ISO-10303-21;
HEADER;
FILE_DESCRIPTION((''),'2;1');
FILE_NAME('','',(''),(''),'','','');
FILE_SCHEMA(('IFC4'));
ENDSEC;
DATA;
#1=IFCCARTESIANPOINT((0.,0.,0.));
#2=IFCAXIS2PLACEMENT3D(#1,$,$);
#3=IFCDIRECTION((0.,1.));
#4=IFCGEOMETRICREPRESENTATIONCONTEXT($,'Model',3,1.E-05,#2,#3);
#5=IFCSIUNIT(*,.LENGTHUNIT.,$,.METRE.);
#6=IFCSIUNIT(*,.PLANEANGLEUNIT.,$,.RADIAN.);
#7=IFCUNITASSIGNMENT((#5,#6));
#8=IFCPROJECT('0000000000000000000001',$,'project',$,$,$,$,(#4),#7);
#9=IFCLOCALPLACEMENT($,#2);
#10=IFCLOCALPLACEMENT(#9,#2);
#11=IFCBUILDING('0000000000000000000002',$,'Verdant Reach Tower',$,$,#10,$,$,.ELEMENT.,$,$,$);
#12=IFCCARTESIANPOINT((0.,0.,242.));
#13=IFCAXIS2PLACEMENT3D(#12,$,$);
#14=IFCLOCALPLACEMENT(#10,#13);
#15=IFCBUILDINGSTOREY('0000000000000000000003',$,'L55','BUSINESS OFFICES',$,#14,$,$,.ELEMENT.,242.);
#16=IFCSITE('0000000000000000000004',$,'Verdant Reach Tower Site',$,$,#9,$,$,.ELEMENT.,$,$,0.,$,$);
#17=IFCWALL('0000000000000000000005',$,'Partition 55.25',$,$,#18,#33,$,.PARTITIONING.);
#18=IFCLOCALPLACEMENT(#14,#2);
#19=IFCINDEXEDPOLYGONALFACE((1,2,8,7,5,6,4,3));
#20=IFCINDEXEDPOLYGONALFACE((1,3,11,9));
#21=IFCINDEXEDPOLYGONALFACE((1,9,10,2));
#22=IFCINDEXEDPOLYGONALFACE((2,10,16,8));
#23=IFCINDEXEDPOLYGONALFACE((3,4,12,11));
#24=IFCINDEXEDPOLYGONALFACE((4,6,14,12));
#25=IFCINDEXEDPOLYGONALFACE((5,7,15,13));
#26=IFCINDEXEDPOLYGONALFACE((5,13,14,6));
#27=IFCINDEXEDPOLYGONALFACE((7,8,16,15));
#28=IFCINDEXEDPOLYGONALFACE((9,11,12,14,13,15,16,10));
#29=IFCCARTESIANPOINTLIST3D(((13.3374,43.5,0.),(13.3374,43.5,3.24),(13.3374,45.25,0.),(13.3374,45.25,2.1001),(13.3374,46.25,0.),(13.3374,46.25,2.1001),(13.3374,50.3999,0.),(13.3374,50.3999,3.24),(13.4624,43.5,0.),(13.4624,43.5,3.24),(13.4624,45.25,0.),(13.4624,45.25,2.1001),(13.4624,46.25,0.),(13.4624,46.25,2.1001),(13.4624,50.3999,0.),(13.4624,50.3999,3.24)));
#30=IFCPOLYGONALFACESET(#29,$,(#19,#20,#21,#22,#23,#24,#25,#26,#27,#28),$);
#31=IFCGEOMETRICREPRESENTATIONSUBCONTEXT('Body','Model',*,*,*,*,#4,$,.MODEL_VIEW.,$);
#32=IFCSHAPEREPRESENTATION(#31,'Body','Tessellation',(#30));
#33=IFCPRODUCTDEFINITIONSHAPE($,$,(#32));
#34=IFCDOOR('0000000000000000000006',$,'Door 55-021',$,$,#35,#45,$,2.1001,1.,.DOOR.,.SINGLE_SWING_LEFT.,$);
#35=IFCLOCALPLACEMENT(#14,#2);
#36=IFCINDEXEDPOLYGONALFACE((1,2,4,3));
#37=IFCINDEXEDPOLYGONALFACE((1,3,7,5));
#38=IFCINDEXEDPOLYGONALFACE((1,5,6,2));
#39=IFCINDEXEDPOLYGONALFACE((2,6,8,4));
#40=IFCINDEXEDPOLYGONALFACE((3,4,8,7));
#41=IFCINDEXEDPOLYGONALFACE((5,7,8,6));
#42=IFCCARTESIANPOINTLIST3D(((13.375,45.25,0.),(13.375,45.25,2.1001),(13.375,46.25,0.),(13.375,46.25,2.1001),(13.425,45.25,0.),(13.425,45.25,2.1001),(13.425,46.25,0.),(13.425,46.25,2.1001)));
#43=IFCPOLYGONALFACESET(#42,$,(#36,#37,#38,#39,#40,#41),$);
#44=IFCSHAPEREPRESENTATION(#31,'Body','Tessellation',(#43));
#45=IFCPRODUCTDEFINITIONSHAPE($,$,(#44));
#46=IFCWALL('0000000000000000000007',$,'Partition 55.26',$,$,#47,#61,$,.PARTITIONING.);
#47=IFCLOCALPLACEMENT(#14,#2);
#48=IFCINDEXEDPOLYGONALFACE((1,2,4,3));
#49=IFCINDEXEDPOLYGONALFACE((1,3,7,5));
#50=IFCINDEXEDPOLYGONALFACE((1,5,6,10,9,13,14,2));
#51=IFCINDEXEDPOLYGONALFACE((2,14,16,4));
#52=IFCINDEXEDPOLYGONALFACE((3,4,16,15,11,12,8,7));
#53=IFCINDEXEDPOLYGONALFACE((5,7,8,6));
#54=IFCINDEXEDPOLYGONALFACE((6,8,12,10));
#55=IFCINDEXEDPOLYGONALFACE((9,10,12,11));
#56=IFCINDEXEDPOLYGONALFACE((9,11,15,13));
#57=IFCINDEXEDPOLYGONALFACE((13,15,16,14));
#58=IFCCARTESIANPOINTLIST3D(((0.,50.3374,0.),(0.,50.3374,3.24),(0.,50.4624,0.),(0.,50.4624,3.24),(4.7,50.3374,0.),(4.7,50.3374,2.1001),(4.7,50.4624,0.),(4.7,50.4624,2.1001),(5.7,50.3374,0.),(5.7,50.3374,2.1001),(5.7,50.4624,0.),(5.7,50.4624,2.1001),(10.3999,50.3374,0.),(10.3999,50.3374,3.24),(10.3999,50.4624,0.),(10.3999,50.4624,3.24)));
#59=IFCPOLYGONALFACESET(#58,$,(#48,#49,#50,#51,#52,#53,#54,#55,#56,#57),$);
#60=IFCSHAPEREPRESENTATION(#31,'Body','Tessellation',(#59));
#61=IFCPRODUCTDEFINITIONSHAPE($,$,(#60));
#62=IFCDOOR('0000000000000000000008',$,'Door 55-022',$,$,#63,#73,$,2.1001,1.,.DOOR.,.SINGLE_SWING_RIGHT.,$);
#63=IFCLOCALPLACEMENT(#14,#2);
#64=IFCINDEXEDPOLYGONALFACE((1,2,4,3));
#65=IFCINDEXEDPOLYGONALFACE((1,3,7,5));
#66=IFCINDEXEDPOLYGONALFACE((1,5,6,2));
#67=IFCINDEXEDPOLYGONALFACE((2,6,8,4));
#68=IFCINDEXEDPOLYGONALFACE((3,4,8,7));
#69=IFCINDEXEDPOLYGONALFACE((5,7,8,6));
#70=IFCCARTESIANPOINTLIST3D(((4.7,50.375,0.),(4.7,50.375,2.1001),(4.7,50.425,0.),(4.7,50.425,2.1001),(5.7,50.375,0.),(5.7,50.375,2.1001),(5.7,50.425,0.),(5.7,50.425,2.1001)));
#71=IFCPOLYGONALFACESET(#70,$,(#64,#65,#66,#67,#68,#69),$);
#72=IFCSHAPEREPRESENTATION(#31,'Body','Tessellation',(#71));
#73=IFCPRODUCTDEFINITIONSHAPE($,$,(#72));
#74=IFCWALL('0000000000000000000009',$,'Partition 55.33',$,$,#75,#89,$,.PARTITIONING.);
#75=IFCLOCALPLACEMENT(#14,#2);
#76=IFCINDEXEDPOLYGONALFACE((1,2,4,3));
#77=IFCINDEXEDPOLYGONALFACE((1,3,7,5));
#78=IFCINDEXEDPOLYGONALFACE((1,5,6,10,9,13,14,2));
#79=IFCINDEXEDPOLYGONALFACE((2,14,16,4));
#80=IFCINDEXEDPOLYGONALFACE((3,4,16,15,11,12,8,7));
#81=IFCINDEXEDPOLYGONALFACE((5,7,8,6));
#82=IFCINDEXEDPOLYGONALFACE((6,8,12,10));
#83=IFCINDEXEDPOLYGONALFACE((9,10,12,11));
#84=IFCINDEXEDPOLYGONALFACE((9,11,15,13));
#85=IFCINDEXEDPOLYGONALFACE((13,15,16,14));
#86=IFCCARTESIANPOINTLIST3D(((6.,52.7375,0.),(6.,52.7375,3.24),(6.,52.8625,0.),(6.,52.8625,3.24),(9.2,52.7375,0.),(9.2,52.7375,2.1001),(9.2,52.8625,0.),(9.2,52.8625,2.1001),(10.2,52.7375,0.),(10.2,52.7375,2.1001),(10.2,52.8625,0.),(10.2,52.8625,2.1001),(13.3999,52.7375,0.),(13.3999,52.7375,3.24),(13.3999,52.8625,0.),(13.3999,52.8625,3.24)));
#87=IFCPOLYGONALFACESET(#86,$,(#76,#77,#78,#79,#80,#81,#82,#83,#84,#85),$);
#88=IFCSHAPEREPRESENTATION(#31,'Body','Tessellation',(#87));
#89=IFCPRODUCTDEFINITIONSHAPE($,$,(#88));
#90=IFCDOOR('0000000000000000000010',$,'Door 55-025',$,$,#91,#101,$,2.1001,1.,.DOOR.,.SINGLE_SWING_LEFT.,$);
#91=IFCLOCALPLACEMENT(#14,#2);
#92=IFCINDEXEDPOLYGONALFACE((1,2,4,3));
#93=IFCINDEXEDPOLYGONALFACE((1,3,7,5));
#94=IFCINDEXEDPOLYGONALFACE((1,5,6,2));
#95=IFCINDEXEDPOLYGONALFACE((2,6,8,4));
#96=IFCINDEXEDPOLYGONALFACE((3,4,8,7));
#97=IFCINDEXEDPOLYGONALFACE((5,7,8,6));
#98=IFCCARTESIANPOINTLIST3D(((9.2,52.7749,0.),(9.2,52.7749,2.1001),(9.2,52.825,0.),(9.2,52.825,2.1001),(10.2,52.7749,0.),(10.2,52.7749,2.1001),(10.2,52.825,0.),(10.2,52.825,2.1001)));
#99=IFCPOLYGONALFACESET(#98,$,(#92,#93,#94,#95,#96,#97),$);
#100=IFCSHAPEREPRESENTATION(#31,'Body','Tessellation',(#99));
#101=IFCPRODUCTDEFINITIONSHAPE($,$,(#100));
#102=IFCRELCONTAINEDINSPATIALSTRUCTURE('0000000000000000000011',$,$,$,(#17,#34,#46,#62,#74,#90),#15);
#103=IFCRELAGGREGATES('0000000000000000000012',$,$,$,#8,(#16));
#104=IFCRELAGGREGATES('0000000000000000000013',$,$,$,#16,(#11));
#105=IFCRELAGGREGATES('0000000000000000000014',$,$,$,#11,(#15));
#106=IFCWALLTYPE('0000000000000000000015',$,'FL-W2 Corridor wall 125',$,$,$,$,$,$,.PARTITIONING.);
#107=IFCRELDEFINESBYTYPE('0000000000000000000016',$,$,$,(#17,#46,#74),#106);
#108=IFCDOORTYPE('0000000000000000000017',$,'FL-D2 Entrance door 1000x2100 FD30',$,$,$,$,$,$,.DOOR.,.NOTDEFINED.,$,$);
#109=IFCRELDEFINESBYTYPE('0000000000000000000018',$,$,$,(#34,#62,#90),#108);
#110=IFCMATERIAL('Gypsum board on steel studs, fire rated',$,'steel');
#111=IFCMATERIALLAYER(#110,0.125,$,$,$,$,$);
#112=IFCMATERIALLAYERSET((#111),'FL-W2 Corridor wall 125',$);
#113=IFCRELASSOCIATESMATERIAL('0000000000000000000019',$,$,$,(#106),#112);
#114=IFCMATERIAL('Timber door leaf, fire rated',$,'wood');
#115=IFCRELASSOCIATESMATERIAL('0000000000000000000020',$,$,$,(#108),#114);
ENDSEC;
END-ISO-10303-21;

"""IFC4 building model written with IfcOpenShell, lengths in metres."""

from ifc_helpers import new_model, si_unit, direction, frame, frame_2d, origin, place, context, subcontext, project, spatial, rectangle, extrude, material, layer, layer_set, type_object, element, fill, save


model = new_model("IFC4")

# Units and contexts
model_context = context("Model", 3, precision=1e-05, world=origin(), true_north=direction((0.0, 1.0)))
body_context = subcontext(model_context, "Body", "Model", "MODEL_VIEW")
ifc_project = project(units=[si_unit("LENGTHUNIT", "METRE"), si_unit("PLANEANGLEUNIT", "RADIAN")], contexts=[model_context])

# Site, building, storey
site_placement = place(None, origin())
site = spatial("IfcSite", under=ifc_project, at=site_placement, Name="Verdant Reach Tower Site", CompositionType="ELEMENT", RefElevation=0.0)
building_placement = place(site_placement, origin())
building = spatial("IfcBuilding", under=site, at=building_placement, Name="Verdant Reach Tower", CompositionType="ELEMENT")
storey_placement = place(building_placement, frame((0.0, 0.0, 242.0)))
storey = spatial("IfcBuildingStorey", under=building, at=storey_placement, Name="L55", Description="BUSINESS OFFICES", CompositionType="ELEMENT", Elevation=242.0)

# Shared definitions
ifc_material_1 = material(Name="Gypsum board on steel studs, fire rated", Category="steel")
ifc_layer_1 = layer(ifc_material_1, 0.125)
ifc_layer_set_1 = layer_set([ifc_layer_1], Name="FL-W2 Corridor wall 125")
wall_type_1 = type_object("IfcWallType", Name="FL-W2 Corridor wall 125", PredefinedType="PARTITIONING", material=ifc_layer_set_1)
ifc_material_2 = material(Name="Timber door leaf, fire rated", Category="wood")
door_type_1 = type_object("IfcDoorType", Name="FL-D2 Entrance door 1000x2100 FD30", OperationType="NOTDEFINED", PredefinedType="DOOR", material=ifc_material_2)

# Walls, openings, doors
wall_1_placement = place(storey_placement, frame((13.3999, 43.5, 0.0), z_axis=(0.0, 0.0, 1.0), x_axis=(0.0, 1.0, 0.0)))
wall_1 = element("IfcWall", 1, at=wall_1_placement, inside=storey, type_object=wall_type_1, Name="Partition 55.25", PredefinedType="PARTITIONING", context=body_context, shape_type="SweptSolid", body=[
    extrude(rectangle(XDim=6.8999, YDim=0.125, at=frame_2d((3.45, 0.0))), origin(), (0.0, 0.0, 1.0), 3.24),
])
opening_1_placement = place(wall_1_placement, frame((1.75, 0.0, 0.0)))
opening_1 = element("IfcOpeningElement", 2, at=opening_1_placement, cuts=wall_1, PredefinedType="OPENING", context=body_context, shape_type="SweptSolid", body=[
    extrude(rectangle(XDim=1.0, YDim=2.1001, at=frame_2d((0.5, 1.05))), frame((0.0, 0.0725, 0.0), z_axis=(0.0, -1.0, 0.0), x_axis=(1.0, 0.0, 0.0)), (0.0, 0.0, 1.0), 0.145),
])
door_1_placement = place(opening_1_placement, origin())
door_1 = element("IfcDoor", 3, at=door_1_placement, inside=storey, type_object=door_type_1, Name="Door 55-021", OperationType="SINGLE_SWING_LEFT", OverallHeight=2.1001, OverallWidth=1.0, PredefinedType="DOOR", context=body_context, shape_type="SweptSolid", body=[
    extrude(rectangle(XDim=1.0, YDim=2.1001, at=frame_2d((0.5, 1.05))), frame((0.0, 0.0249, 0.0), z_axis=(0.0, -1.0, 0.0), x_axis=(1.0, 0.0, 0.0)), (0.0, 0.0, 1.0), 0.05),
])
fill(opening_1, door_1)
wall_2_placement = place(storey_placement, frame((10.3999, 50.3999, 0.0), z_axis=(0.0, 0.0, 1.0), x_axis=(-1.0, 0.0, 0.0)))
wall_2 = element("IfcWall", 4, at=wall_2_placement, inside=storey, type_object=wall_type_1, Name="Partition 55.26", PredefinedType="PARTITIONING", context=body_context, shape_type="SweptSolid", body=[
    extrude(rectangle(XDim=10.3999, YDim=0.125, at=frame_2d((5.2, 0.0))), origin(), (0.0, 0.0, 1.0), 3.24),
])
opening_2_placement = place(wall_2_placement, frame((4.7, 0.0, 0.0)))
opening_2 = element("IfcOpeningElement", 5, at=opening_2_placement, cuts=wall_2, PredefinedType="OPENING", context=body_context, shape_type="SweptSolid", body=[
    extrude(rectangle(XDim=1.0, YDim=2.1001, at=frame_2d((0.5, 1.05))), frame((0.0, 0.0725, 0.0), z_axis=(0.0, -1.0, 0.0), x_axis=(1.0, 0.0, 0.0)), (0.0, 0.0, 1.0), 0.145),
])
door_2_placement = place(opening_2_placement, origin())
door_2 = element("IfcDoor", 6, at=door_2_placement, inside=storey, type_object=door_type_1, Name="Door 55-022", OperationType="SINGLE_SWING_RIGHT", OverallHeight=2.1001, OverallWidth=1.0, PredefinedType="DOOR", context=body_context, shape_type="SweptSolid", body=[
    extrude(rectangle(XDim=1.0, YDim=2.1001, at=frame_2d((0.5, 1.05))), frame((0.0, 0.0249, 0.0), z_axis=(0.0, -1.0, 0.0), x_axis=(1.0, 0.0, 0.0)), (0.0, 0.0, 1.0), 0.05),
])
fill(opening_2, door_2)
wall_3_placement = place(storey_placement, frame((6.0, 52.8, 0.0), z_axis=(0.0, 0.0, 1.0), x_axis=(1.0, 0.0, 0.0)))
wall_3 = element("IfcWall", 7, at=wall_3_placement, inside=storey, type_object=wall_type_1, Name="Partition 55.33", PredefinedType="PARTITIONING", context=body_context, shape_type="SweptSolid", body=[
    extrude(rectangle(XDim=7.3999, YDim=0.125, at=frame_2d((3.7, 0.0))), origin(), (0.0, 0.0, 1.0), 3.24),
])
opening_3_placement = place(wall_3_placement, frame((3.2, 0.0, 0.0)))
opening_3 = element("IfcOpeningElement", 8, at=opening_3_placement, cuts=wall_3, PredefinedType="OPENING", context=body_context, shape_type="SweptSolid", body=[
    extrude(rectangle(XDim=1.0, YDim=2.1001, at=frame_2d((0.5, 1.05))), frame((0.0, 0.0725, 0.0), z_axis=(0.0, -1.0, 0.0), x_axis=(1.0, 0.0, 0.0)), (0.0, 0.0, 1.0), 0.145),
])
door_3_placement = place(opening_3_placement, origin())
door_3 = element("IfcDoor", 9, at=door_3_placement, inside=storey, type_object=door_type_1, Name="Door 55-025", OperationType="SINGLE_SWING_LEFT", OverallHeight=2.1001, OverallWidth=1.0, PredefinedType="DOOR", context=body_context, shape_type="SweptSolid", body=[
    extrude(rectangle(XDim=1.0, YDim=2.1001, at=frame_2d((0.5, 1.05))), frame((0.0, 0.0249, 0.0), z_axis=(0.0, -1.0, 0.0), x_axis=(1.0, 0.0, 0.0)), (0.0, 0.0, 1.0), 0.05),
])
fill(opening_3, door_3)

save(model, "model.ifc")
